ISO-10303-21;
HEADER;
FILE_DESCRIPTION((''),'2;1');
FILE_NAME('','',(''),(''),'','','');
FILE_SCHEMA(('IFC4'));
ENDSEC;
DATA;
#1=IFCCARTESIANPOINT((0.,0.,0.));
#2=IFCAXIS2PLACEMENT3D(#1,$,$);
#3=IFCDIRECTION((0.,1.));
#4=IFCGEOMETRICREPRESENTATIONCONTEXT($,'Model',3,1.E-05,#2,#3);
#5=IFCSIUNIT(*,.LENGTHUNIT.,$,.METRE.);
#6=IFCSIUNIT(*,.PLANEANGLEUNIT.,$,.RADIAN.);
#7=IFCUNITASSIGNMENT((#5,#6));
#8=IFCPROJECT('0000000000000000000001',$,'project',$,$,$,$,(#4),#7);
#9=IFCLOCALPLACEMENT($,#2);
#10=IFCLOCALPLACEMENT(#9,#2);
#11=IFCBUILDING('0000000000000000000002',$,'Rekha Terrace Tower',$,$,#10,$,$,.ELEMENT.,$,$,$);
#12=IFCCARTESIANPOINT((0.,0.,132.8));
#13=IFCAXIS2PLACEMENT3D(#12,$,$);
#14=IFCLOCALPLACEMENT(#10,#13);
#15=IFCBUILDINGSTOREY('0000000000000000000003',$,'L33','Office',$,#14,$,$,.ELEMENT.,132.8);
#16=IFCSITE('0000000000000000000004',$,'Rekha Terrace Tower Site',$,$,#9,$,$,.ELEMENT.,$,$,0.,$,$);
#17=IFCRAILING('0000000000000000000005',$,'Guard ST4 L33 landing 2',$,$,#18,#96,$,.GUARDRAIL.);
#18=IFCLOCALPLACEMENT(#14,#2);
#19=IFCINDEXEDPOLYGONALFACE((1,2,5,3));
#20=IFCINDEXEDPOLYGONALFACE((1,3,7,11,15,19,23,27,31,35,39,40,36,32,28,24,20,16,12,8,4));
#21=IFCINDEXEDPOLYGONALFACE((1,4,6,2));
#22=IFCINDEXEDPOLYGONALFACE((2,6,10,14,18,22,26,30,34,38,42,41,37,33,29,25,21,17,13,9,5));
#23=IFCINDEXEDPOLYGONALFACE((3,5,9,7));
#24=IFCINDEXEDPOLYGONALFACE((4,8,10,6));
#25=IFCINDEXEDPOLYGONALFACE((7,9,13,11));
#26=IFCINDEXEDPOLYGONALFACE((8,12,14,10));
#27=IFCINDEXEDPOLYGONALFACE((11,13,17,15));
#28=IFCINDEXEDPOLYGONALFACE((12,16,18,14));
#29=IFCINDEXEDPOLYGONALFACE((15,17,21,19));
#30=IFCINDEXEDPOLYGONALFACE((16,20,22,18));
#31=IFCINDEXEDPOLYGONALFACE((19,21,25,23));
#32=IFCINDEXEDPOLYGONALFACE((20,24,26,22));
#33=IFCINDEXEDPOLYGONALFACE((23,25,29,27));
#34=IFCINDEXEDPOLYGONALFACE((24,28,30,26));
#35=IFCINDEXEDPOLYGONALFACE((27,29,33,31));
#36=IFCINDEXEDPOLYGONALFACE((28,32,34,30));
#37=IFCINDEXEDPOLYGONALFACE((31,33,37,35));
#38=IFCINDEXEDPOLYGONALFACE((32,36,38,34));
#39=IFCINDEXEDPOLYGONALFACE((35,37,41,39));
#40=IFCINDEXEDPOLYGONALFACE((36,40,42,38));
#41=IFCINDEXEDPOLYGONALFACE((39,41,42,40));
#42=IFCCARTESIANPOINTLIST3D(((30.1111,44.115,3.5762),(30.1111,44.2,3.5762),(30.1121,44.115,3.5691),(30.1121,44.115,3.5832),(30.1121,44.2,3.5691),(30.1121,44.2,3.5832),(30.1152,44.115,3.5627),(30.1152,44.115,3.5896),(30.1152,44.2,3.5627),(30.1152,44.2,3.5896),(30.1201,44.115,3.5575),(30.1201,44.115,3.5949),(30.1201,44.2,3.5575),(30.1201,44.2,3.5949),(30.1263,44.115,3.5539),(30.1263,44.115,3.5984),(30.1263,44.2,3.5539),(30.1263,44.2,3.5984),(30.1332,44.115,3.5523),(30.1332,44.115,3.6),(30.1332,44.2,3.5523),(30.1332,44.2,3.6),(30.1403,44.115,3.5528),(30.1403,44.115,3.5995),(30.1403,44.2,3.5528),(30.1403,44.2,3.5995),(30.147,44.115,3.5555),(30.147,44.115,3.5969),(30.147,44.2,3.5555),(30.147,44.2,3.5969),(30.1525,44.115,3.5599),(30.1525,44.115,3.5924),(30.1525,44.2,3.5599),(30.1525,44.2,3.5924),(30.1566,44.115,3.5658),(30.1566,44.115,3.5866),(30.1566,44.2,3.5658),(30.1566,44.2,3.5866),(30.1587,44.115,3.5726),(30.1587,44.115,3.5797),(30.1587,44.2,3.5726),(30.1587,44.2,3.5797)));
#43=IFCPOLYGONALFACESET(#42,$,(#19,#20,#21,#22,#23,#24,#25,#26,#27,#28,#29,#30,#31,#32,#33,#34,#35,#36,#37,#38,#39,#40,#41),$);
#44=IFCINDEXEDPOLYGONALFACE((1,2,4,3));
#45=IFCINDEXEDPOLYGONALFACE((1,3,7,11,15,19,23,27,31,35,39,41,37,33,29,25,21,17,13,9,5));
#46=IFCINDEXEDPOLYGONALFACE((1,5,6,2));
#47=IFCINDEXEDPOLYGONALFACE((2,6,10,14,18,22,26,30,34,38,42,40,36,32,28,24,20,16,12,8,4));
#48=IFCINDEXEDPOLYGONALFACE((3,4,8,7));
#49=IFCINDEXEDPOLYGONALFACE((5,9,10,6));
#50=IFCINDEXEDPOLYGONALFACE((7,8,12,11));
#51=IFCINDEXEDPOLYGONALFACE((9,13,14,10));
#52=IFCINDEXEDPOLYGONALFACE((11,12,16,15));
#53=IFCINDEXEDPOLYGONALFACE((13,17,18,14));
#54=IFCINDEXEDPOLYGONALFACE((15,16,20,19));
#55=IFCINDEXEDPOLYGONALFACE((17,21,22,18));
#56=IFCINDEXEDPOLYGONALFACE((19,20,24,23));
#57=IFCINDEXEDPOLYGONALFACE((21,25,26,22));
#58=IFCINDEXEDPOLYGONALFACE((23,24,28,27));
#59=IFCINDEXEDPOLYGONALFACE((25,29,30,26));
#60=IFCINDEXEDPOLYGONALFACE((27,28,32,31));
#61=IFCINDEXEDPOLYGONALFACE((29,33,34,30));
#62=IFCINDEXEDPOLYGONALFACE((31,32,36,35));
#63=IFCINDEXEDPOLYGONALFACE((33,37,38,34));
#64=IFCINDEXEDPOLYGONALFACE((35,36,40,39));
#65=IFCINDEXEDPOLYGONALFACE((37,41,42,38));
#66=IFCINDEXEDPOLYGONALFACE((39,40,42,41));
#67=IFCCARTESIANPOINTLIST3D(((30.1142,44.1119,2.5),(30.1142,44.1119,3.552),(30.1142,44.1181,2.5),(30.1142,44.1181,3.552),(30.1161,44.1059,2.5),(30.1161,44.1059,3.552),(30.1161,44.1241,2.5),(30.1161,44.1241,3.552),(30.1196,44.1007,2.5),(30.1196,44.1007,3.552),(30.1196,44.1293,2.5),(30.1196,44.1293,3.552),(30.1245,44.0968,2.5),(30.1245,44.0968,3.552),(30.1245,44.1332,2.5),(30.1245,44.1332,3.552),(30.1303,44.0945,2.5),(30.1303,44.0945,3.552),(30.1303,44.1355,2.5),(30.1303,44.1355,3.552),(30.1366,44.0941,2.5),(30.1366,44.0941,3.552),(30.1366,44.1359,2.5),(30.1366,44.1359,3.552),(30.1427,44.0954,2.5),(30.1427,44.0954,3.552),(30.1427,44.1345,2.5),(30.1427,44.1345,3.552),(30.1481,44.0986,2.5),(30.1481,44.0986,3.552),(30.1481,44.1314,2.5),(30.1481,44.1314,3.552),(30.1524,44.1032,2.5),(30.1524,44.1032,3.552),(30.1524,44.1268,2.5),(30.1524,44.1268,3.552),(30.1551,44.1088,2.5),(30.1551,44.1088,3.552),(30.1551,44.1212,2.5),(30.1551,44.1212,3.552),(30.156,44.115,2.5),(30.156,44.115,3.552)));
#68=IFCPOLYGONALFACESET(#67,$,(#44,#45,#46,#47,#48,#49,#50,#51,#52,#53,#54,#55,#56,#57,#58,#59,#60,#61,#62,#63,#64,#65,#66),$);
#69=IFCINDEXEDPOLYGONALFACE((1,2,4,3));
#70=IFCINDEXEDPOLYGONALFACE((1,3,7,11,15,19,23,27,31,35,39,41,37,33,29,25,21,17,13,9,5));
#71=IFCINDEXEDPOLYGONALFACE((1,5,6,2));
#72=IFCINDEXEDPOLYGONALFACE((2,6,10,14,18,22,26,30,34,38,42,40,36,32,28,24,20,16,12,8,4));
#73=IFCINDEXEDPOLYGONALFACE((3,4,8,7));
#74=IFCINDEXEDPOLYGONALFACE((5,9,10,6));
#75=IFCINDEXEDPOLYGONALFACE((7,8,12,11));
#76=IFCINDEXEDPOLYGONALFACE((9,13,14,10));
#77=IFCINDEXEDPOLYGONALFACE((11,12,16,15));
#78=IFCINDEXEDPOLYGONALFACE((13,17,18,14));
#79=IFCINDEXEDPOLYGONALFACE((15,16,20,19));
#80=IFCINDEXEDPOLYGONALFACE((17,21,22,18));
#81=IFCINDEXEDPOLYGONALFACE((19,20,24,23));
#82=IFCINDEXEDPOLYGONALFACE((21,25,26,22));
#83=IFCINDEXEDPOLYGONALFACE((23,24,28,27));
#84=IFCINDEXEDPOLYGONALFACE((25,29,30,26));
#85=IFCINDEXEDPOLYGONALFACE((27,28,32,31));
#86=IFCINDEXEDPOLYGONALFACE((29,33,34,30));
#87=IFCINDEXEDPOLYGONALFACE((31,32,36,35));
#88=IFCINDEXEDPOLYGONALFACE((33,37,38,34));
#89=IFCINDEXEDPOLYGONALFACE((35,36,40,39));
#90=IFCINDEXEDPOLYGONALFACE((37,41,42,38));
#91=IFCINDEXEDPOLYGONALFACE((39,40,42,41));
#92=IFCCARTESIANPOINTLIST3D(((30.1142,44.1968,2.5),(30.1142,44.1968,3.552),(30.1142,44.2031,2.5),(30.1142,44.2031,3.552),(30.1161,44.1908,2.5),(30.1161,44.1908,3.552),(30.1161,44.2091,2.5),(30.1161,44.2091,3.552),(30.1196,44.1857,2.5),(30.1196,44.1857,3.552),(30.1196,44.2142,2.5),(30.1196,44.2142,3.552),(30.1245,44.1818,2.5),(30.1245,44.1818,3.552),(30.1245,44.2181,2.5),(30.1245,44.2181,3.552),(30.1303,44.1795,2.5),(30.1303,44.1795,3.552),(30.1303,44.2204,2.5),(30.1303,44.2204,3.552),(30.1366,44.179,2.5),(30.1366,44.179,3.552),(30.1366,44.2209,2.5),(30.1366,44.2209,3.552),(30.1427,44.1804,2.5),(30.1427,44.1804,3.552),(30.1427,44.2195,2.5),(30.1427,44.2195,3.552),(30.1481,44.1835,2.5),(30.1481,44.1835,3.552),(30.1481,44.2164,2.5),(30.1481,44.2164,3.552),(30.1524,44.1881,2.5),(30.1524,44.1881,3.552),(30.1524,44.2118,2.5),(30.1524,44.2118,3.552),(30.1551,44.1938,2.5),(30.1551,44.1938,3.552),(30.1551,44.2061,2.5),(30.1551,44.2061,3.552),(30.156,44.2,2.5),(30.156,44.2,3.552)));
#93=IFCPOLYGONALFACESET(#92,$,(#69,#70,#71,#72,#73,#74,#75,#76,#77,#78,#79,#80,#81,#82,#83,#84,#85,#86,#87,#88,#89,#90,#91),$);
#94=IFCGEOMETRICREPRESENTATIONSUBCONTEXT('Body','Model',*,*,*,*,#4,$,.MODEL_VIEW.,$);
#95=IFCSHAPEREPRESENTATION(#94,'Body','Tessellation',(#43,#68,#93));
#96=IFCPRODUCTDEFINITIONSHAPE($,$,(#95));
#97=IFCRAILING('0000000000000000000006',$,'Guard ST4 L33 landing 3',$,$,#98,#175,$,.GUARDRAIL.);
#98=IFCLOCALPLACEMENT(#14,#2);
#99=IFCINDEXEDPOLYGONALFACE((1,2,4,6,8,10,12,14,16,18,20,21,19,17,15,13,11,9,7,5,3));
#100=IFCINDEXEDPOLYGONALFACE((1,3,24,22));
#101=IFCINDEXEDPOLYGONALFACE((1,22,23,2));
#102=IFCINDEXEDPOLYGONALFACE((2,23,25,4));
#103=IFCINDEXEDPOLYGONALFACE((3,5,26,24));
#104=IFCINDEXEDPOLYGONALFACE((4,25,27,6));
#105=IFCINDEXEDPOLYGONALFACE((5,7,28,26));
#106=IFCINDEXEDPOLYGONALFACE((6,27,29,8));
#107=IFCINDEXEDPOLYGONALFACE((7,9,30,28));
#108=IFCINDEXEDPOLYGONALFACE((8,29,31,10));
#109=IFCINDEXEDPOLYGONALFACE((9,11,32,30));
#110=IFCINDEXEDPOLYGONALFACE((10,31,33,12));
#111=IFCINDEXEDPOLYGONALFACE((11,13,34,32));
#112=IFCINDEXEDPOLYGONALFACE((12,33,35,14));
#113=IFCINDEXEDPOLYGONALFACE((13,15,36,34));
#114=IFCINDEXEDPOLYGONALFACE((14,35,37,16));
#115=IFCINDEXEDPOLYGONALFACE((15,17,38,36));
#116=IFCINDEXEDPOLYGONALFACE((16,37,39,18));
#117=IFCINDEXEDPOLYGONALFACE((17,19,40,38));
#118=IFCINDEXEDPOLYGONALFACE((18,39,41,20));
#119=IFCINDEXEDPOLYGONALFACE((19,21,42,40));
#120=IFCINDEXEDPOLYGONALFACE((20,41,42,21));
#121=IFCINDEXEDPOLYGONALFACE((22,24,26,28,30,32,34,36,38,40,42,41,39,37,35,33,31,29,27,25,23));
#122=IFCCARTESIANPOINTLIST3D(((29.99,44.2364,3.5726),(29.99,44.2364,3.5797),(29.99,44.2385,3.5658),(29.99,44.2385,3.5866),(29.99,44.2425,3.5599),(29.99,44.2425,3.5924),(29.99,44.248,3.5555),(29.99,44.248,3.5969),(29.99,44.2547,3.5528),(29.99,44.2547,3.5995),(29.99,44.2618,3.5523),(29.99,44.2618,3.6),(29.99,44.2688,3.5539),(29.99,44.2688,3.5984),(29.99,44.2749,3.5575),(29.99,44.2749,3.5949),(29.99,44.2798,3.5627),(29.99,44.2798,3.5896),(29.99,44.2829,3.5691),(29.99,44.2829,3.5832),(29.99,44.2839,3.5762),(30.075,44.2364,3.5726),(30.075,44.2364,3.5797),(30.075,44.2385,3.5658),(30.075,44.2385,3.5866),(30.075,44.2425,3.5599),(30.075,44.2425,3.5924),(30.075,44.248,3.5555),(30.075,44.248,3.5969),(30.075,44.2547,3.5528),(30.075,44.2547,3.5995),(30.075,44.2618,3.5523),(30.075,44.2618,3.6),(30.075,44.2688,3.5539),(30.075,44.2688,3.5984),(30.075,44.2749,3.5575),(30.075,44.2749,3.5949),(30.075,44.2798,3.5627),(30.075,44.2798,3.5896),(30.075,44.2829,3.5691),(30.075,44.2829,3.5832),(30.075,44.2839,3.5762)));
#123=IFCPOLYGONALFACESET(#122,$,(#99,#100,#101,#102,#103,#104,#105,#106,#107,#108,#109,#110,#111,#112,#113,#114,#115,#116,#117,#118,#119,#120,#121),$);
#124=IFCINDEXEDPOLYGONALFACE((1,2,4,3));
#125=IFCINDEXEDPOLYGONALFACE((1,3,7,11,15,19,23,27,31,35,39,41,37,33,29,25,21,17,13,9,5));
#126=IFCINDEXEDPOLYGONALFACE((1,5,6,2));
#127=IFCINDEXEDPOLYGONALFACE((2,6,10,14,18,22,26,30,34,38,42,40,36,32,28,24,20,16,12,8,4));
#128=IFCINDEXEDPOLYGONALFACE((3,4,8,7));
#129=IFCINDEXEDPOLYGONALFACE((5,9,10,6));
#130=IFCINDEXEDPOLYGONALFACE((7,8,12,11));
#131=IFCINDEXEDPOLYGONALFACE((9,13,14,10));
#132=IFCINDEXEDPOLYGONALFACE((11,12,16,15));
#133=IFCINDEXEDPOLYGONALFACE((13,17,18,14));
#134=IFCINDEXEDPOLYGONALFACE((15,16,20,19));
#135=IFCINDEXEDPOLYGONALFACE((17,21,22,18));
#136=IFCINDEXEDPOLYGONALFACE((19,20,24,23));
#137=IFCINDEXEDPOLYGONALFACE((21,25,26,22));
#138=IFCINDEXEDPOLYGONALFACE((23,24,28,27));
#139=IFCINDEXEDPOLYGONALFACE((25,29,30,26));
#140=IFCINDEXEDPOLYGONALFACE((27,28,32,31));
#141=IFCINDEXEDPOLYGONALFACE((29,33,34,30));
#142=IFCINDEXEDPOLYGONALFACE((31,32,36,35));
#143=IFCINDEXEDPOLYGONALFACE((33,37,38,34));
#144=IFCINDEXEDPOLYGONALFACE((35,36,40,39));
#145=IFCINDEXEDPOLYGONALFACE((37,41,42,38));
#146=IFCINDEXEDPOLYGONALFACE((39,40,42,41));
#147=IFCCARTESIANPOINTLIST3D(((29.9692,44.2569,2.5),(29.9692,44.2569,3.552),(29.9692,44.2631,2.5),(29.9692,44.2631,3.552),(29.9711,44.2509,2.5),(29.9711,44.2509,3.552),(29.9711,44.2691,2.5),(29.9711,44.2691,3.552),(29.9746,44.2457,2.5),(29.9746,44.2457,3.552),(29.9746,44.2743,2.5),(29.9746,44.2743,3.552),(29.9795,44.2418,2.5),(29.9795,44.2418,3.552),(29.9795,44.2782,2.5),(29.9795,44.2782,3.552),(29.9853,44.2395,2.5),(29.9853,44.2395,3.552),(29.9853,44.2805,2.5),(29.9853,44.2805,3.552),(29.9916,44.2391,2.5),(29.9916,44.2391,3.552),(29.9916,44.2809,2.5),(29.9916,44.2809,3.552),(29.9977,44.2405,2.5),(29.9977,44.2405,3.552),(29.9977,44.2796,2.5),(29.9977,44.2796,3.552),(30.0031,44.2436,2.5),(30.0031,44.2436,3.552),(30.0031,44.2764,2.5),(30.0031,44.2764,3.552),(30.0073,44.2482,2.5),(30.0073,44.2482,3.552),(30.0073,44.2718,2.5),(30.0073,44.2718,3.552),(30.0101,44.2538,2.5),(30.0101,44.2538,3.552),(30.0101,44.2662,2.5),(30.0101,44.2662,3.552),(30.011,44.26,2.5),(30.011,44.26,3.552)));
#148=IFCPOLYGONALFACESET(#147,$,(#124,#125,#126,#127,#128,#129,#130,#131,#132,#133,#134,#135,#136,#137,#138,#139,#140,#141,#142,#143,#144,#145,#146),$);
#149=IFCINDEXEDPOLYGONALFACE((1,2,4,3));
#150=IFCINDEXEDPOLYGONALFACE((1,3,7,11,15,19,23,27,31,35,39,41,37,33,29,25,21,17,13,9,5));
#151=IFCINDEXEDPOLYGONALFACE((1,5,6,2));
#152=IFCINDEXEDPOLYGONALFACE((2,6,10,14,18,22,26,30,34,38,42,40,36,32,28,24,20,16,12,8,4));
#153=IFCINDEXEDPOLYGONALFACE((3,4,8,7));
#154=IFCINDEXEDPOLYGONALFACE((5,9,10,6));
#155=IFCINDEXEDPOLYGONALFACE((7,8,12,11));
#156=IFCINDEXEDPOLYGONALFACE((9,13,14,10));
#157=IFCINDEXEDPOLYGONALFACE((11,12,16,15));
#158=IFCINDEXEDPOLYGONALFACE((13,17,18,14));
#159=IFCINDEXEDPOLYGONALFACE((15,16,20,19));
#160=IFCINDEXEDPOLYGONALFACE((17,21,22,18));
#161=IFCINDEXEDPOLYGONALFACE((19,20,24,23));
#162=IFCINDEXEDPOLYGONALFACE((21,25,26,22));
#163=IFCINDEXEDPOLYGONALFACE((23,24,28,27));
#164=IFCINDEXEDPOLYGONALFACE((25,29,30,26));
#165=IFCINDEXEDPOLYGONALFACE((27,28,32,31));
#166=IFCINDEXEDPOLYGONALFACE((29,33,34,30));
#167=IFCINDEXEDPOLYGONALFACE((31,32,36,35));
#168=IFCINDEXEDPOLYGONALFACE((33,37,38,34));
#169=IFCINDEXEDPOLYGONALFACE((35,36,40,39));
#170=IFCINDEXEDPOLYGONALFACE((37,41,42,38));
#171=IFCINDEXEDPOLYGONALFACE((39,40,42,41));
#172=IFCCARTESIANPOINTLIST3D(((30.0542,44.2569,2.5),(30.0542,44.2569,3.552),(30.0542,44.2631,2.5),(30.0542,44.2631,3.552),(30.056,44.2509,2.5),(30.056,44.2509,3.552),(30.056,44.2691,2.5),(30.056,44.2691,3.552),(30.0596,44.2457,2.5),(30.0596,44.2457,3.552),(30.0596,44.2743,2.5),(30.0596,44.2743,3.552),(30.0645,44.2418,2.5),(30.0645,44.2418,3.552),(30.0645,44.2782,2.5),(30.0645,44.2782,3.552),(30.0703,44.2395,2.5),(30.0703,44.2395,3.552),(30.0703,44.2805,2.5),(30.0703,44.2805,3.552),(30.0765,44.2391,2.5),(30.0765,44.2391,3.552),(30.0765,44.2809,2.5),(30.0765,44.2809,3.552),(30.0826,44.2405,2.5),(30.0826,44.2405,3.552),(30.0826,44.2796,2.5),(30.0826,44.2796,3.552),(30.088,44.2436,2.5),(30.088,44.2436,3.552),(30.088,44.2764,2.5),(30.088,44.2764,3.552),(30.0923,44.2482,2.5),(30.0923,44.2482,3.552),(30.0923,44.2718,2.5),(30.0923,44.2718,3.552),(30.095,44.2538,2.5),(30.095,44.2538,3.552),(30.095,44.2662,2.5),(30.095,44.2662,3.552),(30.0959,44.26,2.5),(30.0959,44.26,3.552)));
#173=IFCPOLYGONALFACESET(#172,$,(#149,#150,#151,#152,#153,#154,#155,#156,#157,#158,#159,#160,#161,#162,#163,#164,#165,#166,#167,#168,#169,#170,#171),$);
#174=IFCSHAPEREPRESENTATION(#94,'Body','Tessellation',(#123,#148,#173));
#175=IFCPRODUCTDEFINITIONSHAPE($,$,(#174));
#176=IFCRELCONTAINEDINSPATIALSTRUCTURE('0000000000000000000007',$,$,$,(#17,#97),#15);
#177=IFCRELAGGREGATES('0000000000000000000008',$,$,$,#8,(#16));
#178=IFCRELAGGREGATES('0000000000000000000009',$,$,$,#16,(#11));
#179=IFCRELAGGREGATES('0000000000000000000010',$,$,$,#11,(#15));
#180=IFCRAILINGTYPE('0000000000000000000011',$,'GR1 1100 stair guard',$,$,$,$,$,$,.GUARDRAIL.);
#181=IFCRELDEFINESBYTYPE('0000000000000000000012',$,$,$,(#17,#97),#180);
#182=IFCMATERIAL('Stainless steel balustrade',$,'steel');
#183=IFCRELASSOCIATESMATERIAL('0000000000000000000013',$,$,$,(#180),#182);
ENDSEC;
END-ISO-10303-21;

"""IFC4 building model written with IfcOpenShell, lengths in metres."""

from ifc_helpers import new_model, si_unit, direction, frame, origin, origin_2d, place, context, subcontext, project, spatial, circle, extrude, material, type_object, element, save


model = new_model("IFC4")

# Units and contexts
model_context = context("Model", 3, precision=1e-05, world=origin(), true_north=direction((0.0, 1.0)))
body_context = subcontext(model_context, "Body", "Model", "MODEL_VIEW")
ifc_project = project(units=[si_unit("LENGTHUNIT", "METRE"), si_unit("PLANEANGLEUNIT", "RADIAN")], contexts=[model_context])

# Site, building, storey
site_placement = place(None, origin())
site = spatial("IfcSite", under=ifc_project, at=site_placement, Name="Rekha Terrace Tower Site", CompositionType="ELEMENT", RefElevation=0.0)
building_placement = place(site_placement, origin())
building = spatial("IfcBuilding", under=site, at=building_placement, Name="Rekha Terrace Tower", CompositionType="ELEMENT")
storey_placement = place(building_placement, frame((0.0, 0.0, 132.8)))
storey = spatial("IfcBuildingStorey", under=building, at=storey_placement, Name="L33", Description="Office", CompositionType="ELEMENT", Elevation=132.8)

# Railings
ifc_material_1 = material(Name="Stainless steel balustrade", Category="steel")
railing_type_1 = type_object("IfcRailingType", Name="GR1 1100 stair guard", PredefinedType="GUARDRAIL", material=ifc_material_1)
railing_1_placement = place(storey_placement, frame((30.135, 44.115, 2.5)))
element("IfcRailing", 1, at=railing_1_placement, inside=storey, type_object=railing_type_1, Name="Guard ST4 L33 landing 2", PredefinedType="GUARDRAIL", context=body_context, shape_type="SweptSolid", body=[
    extrude(circle(Radius=0.0239, at=origin_2d()), frame((0.0, 0.0, 1.0762), z_axis=(0.0, 1.0, 0.0), x_axis=(-1.0, 0.0, 0.0)), (0.0, 0.0, 1.0), 0.085),
    extrude(circle(Radius=0.021, at=origin_2d()), origin(), (0.0, 0.0, 1.0), 1.052),
    extrude(circle(Radius=0.021, at=origin_2d()), frame((0.0, 0.085, 0.0)), (0.0, 0.0, 1.0), 1.052),
])
railing_2_placement = place(storey_placement, frame((29.99, 44.26, 2.5)))
element("IfcRailing", 2, at=railing_2_placement, inside=storey, type_object=railing_type_1, Name="Guard ST4 L33 landing 3", PredefinedType="GUARDRAIL", context=body_context, shape_type="SweptSolid", body=[
    extrude(circle(Radius=0.0239, at=origin_2d()), frame((0.0, 0.0, 1.0762), z_axis=(1.0, 0.0, 0.0), x_axis=(0.0, 1.0, 0.0)), (0.0, 0.0, 1.0), 0.085),
    extrude(circle(Radius=0.021, at=origin_2d()), origin(), (0.0, 0.0, 1.0), 1.052),
    extrude(circle(Radius=0.021, at=origin_2d()), frame((0.085, 0.0, 0.0)), (0.0, 0.0, 1.0), 1.052),
])

save(model, "model.ifc")
